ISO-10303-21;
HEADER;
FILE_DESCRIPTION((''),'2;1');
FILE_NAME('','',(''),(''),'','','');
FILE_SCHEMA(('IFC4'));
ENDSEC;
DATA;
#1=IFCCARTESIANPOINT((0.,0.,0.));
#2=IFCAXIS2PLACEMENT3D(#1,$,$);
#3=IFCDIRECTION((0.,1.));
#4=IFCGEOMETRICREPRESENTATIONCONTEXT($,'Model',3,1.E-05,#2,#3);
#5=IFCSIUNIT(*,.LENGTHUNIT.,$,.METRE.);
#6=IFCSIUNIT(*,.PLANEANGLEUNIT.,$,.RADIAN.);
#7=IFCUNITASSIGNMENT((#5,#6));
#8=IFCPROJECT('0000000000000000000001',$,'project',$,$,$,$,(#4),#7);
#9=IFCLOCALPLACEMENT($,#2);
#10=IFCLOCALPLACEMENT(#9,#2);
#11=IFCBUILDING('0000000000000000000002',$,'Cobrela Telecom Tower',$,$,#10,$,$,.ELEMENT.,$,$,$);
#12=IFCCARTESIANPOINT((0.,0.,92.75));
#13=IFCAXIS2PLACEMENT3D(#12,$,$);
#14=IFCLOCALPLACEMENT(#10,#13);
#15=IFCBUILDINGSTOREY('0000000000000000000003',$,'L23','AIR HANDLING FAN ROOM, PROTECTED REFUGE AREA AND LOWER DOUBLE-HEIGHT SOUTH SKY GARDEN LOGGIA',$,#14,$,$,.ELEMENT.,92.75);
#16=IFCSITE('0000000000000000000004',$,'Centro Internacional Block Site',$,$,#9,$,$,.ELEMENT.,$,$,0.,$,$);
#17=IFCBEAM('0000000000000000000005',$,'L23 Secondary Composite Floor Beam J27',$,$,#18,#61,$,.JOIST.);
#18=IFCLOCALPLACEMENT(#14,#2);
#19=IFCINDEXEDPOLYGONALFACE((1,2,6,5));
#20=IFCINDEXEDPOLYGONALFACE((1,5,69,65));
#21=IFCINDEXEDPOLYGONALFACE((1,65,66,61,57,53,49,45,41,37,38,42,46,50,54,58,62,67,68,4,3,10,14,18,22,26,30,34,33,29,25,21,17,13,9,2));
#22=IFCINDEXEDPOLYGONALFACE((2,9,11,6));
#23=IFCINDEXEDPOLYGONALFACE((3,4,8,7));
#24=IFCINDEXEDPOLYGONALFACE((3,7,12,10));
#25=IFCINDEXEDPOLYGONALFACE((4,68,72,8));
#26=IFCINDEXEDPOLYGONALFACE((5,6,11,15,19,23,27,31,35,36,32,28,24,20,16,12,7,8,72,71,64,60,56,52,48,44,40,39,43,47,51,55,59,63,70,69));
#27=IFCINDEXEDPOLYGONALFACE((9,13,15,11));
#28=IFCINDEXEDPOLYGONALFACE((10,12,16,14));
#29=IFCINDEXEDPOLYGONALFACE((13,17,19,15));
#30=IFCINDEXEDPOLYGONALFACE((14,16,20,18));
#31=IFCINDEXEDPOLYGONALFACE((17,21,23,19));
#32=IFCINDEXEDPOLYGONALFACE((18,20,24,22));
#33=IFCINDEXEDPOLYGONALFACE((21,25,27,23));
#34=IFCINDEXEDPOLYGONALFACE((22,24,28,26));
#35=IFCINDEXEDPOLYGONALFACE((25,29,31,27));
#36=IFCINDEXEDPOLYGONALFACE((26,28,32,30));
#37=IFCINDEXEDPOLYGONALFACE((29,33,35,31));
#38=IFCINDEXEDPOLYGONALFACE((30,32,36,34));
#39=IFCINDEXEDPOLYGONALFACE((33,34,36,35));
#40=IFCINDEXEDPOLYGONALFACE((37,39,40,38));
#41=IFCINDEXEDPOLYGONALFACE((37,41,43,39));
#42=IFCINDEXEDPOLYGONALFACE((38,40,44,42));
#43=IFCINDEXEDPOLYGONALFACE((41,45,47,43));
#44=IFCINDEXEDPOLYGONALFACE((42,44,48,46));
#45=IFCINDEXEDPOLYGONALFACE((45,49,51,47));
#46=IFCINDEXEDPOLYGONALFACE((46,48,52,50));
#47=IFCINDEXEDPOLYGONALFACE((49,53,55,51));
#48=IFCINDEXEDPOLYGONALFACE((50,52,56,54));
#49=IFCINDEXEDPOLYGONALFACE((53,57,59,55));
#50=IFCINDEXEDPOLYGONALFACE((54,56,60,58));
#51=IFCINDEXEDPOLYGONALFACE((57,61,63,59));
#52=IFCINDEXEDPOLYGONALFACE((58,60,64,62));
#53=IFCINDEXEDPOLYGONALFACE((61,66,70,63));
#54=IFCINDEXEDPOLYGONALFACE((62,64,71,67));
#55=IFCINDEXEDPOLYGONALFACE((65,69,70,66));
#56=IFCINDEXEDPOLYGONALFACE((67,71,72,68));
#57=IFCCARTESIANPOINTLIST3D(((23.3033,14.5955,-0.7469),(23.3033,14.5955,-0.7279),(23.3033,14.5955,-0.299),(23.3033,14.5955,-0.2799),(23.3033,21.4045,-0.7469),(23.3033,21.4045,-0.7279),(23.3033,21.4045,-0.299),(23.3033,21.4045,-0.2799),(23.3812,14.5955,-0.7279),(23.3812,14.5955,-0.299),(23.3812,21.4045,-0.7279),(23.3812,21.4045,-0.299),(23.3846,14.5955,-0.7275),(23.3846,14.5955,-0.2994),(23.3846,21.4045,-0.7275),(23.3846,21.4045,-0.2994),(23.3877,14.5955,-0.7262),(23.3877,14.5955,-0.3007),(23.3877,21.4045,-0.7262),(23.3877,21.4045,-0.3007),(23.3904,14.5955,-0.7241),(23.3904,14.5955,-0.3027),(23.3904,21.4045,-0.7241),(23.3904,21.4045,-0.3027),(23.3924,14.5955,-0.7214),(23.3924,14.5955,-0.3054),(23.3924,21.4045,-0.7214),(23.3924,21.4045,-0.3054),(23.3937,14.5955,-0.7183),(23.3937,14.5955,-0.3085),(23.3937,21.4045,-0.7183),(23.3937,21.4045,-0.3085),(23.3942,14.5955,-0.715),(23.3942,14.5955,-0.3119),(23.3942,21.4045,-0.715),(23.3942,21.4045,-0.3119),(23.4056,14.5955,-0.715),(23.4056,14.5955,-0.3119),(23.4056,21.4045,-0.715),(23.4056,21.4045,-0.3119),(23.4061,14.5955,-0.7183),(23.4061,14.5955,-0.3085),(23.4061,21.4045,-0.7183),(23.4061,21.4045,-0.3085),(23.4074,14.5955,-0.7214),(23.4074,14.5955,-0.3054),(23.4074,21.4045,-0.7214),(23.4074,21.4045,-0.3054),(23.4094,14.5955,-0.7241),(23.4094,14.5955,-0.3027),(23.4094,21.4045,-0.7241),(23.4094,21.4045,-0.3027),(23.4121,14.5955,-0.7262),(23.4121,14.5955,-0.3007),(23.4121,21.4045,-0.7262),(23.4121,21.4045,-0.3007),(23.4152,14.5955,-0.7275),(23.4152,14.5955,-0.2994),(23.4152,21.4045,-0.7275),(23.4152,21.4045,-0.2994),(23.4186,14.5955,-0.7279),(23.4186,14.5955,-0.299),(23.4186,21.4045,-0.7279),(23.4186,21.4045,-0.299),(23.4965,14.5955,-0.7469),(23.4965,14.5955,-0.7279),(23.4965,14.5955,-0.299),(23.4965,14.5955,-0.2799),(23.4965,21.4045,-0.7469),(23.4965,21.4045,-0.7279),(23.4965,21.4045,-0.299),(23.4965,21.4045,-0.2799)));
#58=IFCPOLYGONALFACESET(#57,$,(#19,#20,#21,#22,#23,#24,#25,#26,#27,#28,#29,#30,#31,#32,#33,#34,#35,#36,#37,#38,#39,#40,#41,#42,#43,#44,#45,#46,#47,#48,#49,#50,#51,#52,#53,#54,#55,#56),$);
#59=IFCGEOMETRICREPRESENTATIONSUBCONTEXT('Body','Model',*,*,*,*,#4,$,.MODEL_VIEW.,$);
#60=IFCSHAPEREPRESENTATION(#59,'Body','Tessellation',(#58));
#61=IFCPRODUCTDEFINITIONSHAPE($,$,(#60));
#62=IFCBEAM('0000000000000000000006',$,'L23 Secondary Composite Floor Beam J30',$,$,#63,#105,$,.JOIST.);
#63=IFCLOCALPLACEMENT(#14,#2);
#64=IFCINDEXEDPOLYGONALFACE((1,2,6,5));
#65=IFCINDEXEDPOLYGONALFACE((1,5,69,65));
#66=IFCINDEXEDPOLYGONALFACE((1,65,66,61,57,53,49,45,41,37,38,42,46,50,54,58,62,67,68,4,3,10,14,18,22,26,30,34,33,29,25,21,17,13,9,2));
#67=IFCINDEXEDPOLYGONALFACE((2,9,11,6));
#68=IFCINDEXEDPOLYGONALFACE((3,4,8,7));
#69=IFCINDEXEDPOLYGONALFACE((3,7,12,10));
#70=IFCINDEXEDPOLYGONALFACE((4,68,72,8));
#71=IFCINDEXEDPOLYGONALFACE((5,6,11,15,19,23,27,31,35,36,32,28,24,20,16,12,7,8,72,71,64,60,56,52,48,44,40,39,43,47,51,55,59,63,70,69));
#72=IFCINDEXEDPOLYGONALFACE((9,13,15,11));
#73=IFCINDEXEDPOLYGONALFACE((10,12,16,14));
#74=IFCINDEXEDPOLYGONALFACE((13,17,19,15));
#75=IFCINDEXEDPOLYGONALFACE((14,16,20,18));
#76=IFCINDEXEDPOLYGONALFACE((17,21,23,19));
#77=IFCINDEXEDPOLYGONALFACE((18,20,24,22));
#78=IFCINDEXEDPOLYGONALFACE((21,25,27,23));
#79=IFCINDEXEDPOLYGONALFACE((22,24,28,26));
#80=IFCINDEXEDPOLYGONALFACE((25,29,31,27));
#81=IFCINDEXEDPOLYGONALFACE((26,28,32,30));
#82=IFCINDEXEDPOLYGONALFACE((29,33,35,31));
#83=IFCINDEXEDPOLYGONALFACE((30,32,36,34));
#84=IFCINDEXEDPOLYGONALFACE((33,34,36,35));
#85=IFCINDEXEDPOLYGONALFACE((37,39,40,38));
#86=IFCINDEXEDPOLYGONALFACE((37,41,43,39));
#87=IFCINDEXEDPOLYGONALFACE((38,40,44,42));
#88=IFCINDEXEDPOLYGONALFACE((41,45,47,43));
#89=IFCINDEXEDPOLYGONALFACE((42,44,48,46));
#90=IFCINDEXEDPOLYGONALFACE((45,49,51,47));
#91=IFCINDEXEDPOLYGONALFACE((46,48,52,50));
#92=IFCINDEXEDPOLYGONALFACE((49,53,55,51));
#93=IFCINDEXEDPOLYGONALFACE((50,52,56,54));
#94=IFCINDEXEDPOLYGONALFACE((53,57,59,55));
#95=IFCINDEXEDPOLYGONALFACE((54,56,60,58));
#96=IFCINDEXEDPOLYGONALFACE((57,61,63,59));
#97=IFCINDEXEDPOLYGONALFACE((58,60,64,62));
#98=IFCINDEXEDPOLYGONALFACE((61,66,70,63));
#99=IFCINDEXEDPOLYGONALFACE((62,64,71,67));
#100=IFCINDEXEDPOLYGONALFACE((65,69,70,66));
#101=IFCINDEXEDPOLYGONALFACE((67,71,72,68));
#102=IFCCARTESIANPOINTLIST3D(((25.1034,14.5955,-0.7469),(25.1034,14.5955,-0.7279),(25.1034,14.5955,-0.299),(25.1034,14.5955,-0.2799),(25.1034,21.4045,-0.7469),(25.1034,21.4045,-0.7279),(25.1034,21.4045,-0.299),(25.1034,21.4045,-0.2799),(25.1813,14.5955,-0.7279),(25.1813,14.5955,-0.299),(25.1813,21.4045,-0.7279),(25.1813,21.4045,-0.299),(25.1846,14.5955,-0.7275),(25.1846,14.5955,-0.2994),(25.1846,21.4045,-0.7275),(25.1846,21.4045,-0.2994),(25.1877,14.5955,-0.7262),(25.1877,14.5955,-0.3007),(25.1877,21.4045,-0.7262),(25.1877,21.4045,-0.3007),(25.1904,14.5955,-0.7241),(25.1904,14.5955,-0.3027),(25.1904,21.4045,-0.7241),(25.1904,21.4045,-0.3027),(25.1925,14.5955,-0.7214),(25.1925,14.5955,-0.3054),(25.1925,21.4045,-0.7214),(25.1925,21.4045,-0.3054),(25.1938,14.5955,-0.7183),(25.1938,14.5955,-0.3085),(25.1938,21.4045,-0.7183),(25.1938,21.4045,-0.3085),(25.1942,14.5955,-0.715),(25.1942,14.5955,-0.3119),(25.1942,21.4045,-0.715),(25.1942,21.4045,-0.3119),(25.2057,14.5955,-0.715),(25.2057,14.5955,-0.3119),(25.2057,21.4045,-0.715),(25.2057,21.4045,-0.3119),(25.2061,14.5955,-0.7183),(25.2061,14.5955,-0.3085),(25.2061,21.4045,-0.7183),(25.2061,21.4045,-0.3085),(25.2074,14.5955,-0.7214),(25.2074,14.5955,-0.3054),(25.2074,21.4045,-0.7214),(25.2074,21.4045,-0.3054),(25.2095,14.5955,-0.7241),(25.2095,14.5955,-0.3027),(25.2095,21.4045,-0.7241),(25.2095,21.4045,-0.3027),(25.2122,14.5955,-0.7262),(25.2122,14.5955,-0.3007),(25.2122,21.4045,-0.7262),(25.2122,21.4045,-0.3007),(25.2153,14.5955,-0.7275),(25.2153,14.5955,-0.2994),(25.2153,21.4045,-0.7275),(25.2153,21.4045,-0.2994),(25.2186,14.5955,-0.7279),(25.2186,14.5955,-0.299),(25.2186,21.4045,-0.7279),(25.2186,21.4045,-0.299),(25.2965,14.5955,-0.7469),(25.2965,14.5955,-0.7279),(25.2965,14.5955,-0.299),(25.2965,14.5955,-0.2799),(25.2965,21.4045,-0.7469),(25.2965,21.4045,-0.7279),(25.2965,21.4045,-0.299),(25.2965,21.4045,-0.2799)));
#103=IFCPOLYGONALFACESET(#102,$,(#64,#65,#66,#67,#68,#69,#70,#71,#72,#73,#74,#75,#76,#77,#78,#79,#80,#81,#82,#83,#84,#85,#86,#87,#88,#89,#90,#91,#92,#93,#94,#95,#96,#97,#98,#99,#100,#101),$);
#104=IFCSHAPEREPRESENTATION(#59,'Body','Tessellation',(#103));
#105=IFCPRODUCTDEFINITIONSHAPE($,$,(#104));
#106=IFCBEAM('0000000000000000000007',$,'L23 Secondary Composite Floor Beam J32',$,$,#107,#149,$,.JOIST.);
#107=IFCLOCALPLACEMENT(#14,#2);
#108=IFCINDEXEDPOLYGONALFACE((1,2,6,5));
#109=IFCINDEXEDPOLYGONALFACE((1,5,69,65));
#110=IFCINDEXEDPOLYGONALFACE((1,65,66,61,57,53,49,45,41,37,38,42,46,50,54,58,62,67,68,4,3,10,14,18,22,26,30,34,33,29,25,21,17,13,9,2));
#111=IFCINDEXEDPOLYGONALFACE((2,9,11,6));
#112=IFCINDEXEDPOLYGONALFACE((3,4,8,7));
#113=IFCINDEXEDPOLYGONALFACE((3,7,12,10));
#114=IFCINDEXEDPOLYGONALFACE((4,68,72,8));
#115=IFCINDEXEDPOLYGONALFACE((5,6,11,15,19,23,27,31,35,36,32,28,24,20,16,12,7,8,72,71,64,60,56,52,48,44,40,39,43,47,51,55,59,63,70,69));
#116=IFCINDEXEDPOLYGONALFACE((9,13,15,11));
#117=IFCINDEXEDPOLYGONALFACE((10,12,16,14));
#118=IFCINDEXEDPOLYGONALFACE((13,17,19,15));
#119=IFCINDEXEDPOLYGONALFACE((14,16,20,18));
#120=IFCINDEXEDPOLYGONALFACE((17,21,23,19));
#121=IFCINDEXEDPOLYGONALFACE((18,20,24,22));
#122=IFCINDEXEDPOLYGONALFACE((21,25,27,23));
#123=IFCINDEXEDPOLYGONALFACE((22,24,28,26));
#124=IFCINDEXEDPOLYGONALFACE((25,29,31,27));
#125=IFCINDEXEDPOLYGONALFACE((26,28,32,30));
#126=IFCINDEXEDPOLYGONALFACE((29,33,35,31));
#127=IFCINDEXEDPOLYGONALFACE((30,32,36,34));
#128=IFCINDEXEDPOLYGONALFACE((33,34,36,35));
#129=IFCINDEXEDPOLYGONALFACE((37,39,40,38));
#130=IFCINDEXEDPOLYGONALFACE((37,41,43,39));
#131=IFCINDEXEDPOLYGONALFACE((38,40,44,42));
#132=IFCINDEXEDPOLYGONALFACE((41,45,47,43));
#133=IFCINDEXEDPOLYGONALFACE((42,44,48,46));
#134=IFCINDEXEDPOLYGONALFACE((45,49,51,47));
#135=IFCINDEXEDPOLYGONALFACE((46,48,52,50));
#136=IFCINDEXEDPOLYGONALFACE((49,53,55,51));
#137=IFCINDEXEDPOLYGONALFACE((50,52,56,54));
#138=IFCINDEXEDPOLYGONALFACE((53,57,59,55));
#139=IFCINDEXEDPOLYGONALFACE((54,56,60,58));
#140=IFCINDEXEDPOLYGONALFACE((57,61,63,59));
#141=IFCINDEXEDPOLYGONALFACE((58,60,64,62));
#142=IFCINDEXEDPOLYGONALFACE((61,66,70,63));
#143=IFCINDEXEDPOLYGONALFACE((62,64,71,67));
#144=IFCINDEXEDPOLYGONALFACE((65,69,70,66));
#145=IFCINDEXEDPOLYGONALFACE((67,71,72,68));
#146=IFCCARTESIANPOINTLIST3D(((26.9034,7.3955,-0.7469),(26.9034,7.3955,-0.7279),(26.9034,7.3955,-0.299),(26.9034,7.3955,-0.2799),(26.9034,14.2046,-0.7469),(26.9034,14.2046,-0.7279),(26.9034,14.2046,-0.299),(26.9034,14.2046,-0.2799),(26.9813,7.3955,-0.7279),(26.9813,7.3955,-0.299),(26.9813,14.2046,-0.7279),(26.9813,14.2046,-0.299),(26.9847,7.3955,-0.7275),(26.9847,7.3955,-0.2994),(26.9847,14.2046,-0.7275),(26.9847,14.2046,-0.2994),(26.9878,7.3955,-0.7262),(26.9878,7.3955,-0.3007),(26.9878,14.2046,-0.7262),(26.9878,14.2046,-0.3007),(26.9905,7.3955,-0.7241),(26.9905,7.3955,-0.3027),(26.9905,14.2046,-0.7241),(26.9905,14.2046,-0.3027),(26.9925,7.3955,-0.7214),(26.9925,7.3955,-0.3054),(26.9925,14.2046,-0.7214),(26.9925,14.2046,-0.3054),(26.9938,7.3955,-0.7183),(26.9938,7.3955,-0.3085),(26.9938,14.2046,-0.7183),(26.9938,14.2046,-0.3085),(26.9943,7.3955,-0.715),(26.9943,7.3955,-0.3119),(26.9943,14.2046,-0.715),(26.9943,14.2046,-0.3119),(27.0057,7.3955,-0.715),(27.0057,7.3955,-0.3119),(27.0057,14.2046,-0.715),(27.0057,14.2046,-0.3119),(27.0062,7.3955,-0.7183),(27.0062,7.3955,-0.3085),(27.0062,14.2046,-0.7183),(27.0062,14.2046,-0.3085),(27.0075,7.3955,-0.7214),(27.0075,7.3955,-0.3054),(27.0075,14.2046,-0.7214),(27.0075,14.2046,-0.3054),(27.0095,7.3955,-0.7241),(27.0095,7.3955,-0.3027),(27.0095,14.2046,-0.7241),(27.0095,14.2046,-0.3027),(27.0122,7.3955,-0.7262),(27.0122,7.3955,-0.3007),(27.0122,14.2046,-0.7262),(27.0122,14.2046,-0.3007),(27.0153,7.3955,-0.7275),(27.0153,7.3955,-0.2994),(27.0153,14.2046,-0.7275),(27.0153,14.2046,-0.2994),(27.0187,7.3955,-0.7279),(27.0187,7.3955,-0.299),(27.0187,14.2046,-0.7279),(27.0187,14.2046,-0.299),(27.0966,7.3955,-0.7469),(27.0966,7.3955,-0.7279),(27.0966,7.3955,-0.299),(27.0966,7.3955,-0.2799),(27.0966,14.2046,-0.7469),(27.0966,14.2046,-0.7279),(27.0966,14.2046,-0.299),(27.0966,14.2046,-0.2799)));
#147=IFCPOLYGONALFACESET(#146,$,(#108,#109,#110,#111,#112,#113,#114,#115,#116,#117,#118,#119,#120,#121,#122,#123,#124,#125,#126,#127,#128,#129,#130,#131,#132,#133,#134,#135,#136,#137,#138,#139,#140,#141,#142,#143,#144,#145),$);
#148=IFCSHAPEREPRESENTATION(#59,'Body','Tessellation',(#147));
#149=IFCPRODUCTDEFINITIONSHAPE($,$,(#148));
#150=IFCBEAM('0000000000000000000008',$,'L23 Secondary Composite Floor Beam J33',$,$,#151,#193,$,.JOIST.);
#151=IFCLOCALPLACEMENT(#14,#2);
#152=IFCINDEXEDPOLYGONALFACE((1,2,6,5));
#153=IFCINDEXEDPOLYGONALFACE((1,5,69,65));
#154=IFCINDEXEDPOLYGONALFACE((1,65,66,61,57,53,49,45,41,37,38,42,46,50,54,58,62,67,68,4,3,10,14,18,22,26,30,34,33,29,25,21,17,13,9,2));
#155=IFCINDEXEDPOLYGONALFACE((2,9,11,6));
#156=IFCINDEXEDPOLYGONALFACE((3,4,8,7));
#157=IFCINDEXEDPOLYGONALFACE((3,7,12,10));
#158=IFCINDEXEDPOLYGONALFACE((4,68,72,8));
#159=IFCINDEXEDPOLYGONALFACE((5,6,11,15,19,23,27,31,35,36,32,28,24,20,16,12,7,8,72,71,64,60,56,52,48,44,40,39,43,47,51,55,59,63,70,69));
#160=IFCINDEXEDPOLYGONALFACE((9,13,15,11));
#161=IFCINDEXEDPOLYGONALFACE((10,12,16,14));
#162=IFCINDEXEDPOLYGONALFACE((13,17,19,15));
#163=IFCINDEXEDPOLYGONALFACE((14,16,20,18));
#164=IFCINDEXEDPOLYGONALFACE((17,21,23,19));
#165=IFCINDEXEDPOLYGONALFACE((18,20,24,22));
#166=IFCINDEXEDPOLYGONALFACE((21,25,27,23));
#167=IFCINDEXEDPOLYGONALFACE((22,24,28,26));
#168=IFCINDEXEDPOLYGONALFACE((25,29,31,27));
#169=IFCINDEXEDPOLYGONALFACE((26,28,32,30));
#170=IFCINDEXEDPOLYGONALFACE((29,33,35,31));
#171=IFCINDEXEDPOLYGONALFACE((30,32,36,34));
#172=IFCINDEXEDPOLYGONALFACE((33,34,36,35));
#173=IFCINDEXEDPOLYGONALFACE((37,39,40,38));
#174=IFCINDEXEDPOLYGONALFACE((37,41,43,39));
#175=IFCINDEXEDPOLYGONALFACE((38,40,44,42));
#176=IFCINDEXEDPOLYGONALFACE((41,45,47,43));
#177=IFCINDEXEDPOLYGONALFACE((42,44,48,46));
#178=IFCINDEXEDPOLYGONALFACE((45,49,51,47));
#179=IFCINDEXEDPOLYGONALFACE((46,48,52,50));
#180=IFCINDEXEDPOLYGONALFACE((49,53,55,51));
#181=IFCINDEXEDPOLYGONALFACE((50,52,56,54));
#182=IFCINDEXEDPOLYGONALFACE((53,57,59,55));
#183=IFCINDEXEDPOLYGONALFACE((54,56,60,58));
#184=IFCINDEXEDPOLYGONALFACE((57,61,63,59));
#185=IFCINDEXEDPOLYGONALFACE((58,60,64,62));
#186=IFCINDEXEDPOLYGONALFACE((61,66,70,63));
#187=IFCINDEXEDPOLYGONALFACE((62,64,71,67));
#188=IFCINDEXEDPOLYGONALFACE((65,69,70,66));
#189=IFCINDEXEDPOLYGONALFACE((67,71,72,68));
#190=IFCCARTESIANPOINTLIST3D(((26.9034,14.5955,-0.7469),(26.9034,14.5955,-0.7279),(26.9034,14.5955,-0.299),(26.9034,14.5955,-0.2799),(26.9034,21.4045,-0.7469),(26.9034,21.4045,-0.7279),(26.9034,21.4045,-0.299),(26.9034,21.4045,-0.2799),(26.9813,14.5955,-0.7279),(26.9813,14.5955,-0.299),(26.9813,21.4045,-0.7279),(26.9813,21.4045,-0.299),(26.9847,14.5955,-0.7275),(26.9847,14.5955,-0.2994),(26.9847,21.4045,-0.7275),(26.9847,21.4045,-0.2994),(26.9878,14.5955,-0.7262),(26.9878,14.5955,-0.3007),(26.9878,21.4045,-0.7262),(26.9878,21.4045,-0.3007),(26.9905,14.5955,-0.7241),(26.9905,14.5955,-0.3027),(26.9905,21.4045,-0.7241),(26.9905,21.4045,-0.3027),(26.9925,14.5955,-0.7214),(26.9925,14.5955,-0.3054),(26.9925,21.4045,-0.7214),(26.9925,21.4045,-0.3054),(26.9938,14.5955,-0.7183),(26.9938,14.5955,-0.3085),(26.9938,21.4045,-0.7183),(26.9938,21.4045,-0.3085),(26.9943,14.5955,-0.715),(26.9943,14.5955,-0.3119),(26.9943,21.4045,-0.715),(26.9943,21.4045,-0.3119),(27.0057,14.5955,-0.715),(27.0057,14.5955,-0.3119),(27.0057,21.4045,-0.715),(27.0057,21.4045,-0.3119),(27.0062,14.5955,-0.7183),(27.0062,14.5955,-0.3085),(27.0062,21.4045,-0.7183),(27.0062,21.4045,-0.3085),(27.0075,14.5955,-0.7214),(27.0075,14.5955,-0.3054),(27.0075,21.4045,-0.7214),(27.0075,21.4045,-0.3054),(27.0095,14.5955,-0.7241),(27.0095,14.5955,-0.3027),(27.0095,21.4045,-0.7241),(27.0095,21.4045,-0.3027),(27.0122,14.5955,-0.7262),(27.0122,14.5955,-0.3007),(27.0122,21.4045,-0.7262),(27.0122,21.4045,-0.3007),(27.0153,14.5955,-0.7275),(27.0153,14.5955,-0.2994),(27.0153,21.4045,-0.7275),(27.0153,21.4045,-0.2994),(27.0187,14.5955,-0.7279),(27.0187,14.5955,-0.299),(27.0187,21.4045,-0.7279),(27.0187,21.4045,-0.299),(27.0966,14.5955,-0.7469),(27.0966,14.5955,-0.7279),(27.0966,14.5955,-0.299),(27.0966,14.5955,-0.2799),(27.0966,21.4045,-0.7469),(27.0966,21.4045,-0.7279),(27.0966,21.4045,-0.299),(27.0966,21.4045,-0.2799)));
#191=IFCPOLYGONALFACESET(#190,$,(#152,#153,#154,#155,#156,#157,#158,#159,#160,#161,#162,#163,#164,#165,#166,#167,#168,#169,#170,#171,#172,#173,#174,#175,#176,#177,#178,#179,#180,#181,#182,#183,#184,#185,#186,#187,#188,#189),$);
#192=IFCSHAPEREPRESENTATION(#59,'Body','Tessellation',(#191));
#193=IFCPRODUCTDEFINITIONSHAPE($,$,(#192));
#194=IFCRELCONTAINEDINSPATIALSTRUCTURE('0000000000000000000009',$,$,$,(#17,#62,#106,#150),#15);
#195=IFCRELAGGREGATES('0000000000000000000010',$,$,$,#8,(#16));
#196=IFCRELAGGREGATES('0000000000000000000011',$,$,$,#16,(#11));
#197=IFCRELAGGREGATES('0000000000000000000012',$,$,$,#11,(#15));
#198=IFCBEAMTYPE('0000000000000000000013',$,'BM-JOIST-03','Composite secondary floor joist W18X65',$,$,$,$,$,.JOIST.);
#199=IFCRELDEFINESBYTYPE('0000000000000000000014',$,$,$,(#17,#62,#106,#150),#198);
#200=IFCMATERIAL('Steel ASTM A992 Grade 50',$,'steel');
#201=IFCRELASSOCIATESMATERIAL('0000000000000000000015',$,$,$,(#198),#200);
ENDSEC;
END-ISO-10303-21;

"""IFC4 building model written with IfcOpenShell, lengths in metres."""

from ifc_helpers import new_model, si_unit, direction, frame, origin, origin_2d, place, context, subcontext, project, spatial, i_section, extrude, material, material_profile, profile_set, type_object, element, save


model = new_model("IFC4")

# Units and contexts
model_context = context("Model", 3, precision=1e-05, world=origin(), true_north=direction((0.0, 1.0)))
body_context = subcontext(model_context, "Body", "Model", "MODEL_VIEW")
ifc_project = project(units=[si_unit("LENGTHUNIT", "METRE"), si_unit("PLANEANGLEUNIT", "RADIAN")], contexts=[model_context])

# Site, building, storey
site_placement = place(None, origin())
site = spatial("IfcSite", under=ifc_project, at=site_placement, Name="Centro Internacional Block Site", CompositionType="ELEMENT", RefElevation=0.0)
building_placement = place(site_placement, origin())
building = spatial("IfcBuilding", under=site, at=building_placement, Name="Cobrela Telecom Tower", CompositionType="ELEMENT")
storey_placement = place(building_placement, frame((0.0, 0.0, 92.75)))
storey = spatial("IfcBuildingStorey", under=building, at=storey_placement, Name="L23", Description="AIR HANDLING FAN ROOM, PROTECTED REFUGE AREA AND LOWER DOUBLE-HEIGHT SOUTH SKY GARDEN LOGGIA", CompositionType="ELEMENT", Elevation=92.75)

# Shared definitions
ifc_material_1 = material(Name="Steel ASTM A992 Grade 50", Category="steel")

# Beams
ifc_material_profile_1 = material_profile(ifc_material_1, i_section(OverallWidth=0.1931, OverallDepth=0.467, WebThickness=0.0115, FlangeThickness=0.019, FilletRadius=0.0129, at=origin_2d()), Name="W18X65")
ifc_profile_set_1 = profile_set([ifc_material_profile_1], Name="Steel ASTM A992 Grade 50")
beam_type_1 = type_object("IfcBeamType", Name="BM-JOIST-03", Description="Composite secondary floor joist W18X65", PredefinedType="JOIST", material=ifc_profile_set_1)
for number, where, z_axis, x_axis, name in (
    (1, (23.3999, 14.5955, -0.5134), (0.0, 1.0, 0.0), (-1.0, 0.0, 0.0), "L23 Secondary Composite Floor Beam J27"),
    (2, (25.2, 14.5955, -0.5134), (0.0, 1.0, 0.0), (-1.0, 0.0, 0.0), "L23 Secondary Composite Floor Beam J30"),
    (3, (27.0, 7.3955, -0.5134), (0.0, 1.0, 0.0), (-1.0, 0.0, 0.0), "L23 Secondary Composite Floor Beam J32"),
    (4, (27.0, 14.5955, -0.5134), (0.0, 1.0, 0.0), (-1.0, 0.0, 0.0), "L23 Secondary Composite Floor Beam J33"),
):
    element("IfcBeam", number, at=place(storey_placement, frame(where, z_axis=z_axis, x_axis=x_axis)), inside=storey, type_object=beam_type_1, Name=name, PredefinedType="JOIST", context=body_context, shape_type="SweptSolid", body=[
        extrude(i_section(OverallWidth=0.1931, OverallDepth=0.467, WebThickness=0.0115, FlangeThickness=0.019, FilletRadius=0.0129, at=origin_2d()), origin(), (0.0, 0.0, 1.0), 6.8091),
    ])

save(model, "model.ifc")
